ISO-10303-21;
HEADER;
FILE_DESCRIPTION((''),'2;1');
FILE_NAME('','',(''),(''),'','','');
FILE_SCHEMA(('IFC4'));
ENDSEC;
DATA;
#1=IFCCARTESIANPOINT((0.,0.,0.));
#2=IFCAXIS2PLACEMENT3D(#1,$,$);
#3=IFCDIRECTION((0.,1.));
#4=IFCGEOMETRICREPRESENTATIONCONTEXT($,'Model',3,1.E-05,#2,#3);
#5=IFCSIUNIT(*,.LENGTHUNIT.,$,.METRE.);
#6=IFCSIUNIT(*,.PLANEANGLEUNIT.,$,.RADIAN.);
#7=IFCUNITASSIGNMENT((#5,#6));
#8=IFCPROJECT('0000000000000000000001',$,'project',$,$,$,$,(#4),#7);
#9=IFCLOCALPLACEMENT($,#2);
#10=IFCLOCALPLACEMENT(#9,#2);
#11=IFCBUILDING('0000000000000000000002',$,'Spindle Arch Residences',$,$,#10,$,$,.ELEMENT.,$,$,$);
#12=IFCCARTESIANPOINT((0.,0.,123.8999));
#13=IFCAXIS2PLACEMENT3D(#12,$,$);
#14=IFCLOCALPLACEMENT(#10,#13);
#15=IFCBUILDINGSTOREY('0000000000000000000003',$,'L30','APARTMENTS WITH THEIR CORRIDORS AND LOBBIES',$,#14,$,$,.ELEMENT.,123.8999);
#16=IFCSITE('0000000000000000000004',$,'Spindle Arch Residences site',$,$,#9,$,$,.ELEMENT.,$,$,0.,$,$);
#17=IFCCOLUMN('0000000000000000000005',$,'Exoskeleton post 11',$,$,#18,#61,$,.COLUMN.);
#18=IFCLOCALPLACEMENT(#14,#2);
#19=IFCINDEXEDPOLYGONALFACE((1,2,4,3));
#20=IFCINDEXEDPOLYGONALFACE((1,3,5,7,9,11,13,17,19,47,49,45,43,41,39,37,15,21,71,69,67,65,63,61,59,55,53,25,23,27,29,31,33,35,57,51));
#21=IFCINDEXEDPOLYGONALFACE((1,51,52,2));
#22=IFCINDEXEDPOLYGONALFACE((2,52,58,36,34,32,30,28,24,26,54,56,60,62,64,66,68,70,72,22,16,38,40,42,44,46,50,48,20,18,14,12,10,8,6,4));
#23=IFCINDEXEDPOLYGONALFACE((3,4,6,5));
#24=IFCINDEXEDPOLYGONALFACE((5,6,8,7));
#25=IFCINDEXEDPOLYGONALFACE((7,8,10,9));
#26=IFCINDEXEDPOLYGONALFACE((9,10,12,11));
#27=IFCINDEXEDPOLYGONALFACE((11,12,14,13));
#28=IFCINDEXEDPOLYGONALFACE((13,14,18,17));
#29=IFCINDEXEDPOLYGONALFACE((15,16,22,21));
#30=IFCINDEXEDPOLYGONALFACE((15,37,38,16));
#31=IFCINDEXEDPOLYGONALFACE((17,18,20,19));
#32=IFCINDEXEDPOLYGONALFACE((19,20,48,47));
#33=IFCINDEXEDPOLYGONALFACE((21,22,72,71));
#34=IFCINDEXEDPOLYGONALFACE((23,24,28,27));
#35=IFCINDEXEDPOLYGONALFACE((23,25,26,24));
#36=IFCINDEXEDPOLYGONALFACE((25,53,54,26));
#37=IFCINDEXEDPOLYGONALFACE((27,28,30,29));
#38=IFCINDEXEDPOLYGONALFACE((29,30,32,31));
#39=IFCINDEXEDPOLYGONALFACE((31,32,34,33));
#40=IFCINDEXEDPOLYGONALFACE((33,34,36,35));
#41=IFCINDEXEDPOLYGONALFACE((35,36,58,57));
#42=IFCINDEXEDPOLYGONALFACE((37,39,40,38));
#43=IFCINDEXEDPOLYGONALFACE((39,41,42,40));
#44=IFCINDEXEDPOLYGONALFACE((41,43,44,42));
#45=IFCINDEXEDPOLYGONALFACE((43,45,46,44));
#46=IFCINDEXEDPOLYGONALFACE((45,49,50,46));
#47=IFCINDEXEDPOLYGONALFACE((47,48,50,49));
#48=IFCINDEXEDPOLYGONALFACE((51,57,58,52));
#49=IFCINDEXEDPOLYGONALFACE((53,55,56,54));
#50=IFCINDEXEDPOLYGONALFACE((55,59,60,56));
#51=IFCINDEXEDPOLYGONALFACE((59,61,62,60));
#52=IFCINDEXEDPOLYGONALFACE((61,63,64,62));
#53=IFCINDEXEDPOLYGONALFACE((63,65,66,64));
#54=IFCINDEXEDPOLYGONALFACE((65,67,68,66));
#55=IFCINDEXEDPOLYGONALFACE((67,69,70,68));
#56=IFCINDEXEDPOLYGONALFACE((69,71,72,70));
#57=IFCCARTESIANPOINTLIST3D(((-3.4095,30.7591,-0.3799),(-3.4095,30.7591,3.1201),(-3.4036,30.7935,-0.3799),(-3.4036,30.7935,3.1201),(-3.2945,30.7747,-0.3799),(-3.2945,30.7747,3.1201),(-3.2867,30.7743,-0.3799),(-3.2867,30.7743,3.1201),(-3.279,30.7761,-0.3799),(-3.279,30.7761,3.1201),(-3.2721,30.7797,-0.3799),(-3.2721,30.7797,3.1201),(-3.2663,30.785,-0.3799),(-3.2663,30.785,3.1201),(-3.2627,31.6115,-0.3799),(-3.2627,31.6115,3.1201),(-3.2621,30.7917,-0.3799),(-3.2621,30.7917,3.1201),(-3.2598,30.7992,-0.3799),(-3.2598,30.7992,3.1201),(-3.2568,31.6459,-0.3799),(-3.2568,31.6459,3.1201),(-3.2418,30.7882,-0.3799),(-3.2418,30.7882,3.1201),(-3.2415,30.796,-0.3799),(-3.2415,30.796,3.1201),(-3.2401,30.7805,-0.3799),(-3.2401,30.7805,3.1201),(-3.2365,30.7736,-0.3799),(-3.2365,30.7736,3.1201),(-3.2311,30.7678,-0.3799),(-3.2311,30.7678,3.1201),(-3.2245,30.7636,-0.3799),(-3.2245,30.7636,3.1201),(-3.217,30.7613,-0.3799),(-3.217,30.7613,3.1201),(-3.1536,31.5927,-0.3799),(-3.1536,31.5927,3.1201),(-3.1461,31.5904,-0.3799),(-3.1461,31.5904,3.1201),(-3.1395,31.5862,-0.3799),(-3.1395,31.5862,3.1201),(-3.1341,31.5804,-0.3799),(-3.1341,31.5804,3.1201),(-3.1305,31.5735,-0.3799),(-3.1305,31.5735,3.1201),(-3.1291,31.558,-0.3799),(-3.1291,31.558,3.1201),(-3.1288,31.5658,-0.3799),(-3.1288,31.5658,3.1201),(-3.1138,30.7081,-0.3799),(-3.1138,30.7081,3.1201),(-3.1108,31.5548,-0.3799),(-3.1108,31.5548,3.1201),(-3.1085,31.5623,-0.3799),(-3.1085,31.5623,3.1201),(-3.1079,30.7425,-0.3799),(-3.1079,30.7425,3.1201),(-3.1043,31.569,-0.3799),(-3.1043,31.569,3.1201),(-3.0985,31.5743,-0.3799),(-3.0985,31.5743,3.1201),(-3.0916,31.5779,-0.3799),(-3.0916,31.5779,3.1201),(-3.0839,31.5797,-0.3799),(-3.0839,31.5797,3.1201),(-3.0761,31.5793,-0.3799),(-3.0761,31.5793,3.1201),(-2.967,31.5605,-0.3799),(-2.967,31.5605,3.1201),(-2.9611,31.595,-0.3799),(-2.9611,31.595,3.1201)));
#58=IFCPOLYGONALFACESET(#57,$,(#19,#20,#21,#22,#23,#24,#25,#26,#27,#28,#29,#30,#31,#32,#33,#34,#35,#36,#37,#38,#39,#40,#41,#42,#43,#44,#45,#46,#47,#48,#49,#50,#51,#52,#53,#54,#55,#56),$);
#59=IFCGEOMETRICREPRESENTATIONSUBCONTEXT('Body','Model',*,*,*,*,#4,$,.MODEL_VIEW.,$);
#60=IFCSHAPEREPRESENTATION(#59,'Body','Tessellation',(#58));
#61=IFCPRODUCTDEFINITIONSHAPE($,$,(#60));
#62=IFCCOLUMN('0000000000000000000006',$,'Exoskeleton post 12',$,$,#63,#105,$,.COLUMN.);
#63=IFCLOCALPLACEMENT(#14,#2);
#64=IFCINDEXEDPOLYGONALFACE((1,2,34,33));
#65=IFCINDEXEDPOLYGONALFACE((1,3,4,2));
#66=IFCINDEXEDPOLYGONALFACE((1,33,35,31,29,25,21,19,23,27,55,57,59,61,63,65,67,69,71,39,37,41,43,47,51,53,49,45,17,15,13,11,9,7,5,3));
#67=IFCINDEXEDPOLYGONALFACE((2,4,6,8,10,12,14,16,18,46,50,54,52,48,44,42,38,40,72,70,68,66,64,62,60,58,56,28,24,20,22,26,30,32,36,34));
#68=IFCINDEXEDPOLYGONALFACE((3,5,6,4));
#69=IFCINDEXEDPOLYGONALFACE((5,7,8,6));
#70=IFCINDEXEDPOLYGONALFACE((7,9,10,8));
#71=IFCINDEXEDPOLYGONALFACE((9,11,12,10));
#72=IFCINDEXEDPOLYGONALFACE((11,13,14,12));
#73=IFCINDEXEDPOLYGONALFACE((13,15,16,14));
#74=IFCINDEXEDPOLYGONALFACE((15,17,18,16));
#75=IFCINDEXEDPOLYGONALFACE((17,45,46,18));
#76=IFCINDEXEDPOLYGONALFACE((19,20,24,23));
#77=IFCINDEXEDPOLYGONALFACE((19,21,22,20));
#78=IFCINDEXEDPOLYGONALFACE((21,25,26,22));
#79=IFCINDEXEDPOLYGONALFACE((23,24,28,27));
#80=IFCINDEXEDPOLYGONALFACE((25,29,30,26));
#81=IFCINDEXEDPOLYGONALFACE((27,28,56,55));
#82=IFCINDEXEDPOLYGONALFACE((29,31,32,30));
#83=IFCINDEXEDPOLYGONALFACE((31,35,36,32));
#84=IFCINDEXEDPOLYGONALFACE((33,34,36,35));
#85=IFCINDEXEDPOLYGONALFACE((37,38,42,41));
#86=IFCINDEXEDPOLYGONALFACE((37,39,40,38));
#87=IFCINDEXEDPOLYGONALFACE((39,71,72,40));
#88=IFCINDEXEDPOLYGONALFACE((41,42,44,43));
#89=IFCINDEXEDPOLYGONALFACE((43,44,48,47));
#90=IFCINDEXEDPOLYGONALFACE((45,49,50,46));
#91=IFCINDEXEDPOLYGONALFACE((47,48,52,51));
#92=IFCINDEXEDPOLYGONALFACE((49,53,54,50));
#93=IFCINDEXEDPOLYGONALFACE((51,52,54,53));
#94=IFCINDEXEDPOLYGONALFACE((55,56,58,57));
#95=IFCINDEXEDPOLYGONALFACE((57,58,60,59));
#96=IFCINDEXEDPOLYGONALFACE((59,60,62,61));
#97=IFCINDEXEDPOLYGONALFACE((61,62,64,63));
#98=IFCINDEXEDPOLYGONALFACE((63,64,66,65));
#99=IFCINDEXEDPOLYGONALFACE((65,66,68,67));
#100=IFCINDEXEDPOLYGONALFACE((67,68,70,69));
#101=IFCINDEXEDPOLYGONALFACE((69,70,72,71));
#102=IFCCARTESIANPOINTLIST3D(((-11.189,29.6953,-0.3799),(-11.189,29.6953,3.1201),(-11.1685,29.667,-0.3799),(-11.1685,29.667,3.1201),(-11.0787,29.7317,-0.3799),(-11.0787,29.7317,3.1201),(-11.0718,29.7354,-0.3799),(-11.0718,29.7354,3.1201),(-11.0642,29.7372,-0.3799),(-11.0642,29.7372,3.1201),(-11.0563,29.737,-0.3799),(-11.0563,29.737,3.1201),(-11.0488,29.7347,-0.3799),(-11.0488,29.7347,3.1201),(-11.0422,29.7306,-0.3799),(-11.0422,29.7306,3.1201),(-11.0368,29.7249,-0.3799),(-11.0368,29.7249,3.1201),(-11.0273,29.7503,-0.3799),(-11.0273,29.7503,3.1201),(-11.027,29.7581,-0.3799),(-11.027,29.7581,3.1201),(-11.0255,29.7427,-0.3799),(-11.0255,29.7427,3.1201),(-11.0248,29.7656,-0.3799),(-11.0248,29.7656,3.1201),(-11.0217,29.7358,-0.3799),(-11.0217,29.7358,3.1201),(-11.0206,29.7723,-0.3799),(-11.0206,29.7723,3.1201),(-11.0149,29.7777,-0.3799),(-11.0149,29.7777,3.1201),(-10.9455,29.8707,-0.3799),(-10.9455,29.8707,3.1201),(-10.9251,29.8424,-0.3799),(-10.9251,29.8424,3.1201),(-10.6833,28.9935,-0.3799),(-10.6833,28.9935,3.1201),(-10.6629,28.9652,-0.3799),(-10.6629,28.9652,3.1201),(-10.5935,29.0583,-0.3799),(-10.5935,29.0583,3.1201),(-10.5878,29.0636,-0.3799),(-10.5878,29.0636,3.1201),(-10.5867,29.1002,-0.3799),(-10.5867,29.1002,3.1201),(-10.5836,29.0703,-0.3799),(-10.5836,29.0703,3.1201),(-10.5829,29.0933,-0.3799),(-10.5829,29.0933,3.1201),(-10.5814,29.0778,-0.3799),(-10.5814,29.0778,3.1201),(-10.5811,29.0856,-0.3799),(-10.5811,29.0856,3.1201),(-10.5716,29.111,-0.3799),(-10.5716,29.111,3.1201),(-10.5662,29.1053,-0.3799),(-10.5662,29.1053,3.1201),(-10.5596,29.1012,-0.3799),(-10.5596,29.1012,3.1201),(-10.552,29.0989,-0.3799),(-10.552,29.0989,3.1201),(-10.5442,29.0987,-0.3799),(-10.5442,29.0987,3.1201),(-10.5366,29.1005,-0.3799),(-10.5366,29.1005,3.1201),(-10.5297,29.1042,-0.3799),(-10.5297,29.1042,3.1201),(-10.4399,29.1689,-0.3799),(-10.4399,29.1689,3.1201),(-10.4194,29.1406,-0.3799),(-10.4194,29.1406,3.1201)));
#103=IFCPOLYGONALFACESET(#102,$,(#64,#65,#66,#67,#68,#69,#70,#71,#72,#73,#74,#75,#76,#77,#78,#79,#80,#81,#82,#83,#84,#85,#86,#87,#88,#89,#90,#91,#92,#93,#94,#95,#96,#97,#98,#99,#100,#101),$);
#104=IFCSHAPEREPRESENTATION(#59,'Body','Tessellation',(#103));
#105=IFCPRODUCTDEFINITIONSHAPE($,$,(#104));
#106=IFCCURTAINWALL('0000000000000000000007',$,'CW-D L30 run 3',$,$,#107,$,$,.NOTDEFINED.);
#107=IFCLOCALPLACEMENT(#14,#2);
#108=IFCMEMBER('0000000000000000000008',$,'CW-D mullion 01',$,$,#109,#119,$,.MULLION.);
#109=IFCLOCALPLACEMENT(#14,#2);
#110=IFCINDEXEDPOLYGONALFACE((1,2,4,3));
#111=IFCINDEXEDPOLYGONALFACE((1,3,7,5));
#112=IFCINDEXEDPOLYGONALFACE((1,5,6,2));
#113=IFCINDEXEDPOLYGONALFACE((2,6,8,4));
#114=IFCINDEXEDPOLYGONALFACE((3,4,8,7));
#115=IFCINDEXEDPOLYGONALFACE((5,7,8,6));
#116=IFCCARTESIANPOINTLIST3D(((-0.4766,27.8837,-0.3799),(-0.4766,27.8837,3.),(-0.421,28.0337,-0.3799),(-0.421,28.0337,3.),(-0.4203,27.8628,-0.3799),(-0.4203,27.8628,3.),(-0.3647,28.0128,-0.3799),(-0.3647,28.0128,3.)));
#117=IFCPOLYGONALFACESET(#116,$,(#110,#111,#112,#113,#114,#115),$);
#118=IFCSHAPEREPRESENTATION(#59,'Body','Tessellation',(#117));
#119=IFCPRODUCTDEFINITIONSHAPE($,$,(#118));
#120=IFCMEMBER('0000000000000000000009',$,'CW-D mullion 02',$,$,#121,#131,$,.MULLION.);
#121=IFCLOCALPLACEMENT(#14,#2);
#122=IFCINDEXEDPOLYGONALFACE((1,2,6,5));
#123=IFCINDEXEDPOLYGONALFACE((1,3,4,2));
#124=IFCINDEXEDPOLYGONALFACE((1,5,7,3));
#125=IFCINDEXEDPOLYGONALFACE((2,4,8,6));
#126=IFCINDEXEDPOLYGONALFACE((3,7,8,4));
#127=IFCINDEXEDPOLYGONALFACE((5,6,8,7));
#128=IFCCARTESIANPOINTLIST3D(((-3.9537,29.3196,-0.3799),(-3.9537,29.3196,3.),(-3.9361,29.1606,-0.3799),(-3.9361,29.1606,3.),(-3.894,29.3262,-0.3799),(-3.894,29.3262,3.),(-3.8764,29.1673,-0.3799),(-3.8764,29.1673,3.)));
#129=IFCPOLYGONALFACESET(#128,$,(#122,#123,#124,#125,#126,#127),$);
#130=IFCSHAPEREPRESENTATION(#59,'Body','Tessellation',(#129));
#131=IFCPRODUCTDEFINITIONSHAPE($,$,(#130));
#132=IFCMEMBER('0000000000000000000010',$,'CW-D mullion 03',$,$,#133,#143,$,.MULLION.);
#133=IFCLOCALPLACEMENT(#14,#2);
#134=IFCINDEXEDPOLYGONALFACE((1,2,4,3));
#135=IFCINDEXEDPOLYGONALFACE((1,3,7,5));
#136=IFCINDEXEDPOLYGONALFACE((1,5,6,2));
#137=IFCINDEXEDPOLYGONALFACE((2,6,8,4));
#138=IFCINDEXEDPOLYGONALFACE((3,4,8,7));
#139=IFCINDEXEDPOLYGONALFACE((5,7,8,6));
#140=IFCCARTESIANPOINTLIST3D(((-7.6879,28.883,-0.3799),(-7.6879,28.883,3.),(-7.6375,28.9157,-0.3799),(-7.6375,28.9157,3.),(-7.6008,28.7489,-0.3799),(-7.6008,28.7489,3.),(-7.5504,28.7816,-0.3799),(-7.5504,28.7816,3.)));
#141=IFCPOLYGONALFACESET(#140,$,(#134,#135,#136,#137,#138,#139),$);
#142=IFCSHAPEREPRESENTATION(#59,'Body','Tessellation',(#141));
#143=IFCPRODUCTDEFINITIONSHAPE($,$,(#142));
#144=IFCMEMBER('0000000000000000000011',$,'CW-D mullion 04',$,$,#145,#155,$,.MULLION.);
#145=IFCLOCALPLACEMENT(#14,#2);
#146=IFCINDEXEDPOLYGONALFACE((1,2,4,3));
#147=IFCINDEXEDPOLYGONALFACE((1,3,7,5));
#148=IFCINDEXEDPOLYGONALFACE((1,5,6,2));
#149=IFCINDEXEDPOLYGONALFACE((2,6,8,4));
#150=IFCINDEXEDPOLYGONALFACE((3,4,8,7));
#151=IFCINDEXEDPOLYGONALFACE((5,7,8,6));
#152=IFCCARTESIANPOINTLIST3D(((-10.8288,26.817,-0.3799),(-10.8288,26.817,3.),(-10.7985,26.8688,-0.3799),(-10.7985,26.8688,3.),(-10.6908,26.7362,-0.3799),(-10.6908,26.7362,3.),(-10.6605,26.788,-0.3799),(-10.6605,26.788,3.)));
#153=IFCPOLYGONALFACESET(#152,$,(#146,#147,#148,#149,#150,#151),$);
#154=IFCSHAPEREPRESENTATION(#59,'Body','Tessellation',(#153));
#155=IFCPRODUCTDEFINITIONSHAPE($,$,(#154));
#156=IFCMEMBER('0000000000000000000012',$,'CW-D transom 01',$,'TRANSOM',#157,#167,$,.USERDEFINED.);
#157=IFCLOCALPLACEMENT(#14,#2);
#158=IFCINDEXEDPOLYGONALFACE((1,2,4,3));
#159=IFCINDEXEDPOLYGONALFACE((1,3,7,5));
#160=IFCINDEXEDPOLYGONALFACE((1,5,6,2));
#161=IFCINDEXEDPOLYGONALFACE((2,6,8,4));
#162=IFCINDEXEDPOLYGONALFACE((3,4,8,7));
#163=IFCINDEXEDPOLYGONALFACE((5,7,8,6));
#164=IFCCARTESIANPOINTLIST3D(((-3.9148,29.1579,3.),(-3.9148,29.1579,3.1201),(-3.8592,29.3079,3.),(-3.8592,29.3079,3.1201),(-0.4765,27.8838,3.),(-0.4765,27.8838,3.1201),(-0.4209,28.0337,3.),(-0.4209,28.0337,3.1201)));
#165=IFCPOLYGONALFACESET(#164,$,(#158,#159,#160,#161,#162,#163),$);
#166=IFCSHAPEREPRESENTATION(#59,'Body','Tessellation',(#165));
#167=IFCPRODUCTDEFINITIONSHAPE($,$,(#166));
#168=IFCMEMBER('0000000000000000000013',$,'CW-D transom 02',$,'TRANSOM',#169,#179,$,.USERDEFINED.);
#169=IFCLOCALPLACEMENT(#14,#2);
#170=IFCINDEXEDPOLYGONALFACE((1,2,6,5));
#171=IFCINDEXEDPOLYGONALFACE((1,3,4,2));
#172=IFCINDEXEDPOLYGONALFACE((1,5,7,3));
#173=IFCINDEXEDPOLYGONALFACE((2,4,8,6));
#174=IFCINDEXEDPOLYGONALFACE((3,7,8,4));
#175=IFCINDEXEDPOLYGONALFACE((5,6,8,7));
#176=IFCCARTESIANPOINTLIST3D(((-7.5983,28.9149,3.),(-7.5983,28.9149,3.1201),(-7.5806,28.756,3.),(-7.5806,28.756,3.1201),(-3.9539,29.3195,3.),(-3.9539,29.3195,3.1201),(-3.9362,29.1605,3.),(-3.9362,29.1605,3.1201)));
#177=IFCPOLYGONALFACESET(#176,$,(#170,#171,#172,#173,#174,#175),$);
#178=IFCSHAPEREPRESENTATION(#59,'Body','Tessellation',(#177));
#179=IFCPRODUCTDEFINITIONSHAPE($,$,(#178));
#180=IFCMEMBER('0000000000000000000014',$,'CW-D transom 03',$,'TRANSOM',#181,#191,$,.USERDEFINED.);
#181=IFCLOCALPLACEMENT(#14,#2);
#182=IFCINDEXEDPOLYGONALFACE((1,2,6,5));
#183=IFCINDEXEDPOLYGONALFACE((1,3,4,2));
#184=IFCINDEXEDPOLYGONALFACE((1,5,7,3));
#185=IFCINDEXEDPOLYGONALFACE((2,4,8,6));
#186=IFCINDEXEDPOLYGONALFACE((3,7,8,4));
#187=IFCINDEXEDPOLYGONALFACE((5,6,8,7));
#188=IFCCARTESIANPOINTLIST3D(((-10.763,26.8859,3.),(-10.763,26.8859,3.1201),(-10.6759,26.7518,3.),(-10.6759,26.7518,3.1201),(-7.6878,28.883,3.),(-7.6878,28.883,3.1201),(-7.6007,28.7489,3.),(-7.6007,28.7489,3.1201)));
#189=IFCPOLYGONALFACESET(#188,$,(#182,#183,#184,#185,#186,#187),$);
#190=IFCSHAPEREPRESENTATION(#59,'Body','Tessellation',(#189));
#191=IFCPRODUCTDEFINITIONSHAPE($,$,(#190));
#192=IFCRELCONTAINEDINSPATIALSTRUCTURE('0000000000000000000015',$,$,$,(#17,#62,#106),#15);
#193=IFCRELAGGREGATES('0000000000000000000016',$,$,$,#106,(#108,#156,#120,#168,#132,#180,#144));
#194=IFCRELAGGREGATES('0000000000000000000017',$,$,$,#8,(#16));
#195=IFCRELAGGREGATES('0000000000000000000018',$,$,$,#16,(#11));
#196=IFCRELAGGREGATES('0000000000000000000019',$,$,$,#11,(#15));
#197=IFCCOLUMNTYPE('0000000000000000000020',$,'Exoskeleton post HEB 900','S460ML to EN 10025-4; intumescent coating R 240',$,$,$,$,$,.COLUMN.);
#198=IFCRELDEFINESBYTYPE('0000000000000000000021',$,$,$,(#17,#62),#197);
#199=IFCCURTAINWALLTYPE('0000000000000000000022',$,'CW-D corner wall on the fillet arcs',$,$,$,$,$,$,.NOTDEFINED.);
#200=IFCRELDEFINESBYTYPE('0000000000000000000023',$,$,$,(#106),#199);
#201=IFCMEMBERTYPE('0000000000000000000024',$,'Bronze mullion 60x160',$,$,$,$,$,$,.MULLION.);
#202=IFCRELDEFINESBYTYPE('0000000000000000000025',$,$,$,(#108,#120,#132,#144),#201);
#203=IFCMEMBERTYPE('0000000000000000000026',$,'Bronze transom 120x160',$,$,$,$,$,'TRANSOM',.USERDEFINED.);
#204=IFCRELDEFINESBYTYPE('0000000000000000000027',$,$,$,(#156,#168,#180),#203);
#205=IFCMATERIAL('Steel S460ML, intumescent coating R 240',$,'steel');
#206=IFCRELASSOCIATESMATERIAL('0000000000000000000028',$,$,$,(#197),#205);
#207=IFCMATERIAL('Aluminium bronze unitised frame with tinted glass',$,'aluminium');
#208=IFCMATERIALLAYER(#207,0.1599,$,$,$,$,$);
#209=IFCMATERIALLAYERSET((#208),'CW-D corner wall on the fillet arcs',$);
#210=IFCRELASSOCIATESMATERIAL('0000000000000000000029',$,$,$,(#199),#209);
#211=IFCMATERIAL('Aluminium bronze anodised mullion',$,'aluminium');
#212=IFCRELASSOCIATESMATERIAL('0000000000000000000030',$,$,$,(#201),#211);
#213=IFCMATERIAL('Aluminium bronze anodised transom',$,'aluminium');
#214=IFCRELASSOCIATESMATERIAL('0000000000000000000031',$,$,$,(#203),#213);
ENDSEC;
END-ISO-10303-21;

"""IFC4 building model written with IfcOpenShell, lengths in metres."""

from ifc_helpers import new_model, si_unit, direction, frame, origin, origin_2d, place, context, subcontext, project, spatial, rectangle, i_section, extrude, material, layer, layer_set, material_profile, profile_set, type_object, element, aggregate, save


model = new_model("IFC4")

# Units and contexts
model_context = context("Model", 3, precision=1e-05, world=origin(), true_north=direction((0.0, 1.0)))
body_context = subcontext(model_context, "Body", "Model", "MODEL_VIEW")
ifc_project = project(units=[si_unit("LENGTHUNIT", "METRE"), si_unit("PLANEANGLEUNIT", "RADIAN")], contexts=[model_context])

# Site, building, storey
site_placement = place(None, origin())
site = spatial("IfcSite", under=ifc_project, at=site_placement, Name="Spindle Arch Residences site", CompositionType="ELEMENT", RefElevation=0.0)
building_placement = place(site_placement, origin())
building = spatial("IfcBuilding", under=site, at=building_placement, Name="Spindle Arch Residences", CompositionType="ELEMENT")
storey_placement = place(building_placement, frame((0.0, 0.0, 123.8999)))
storey = spatial("IfcBuildingStorey", under=building, at=storey_placement, Name="L30", Description="APARTMENTS WITH THEIR CORRIDORS AND LOBBIES", CompositionType="ELEMENT", Elevation=123.8999)

# Columns
ifc_material_1 = material(Name="Steel S460ML, intumescent coating R 240", Category="steel")
ifc_material_profile_1 = material_profile(ifc_material_1, i_section(OverallWidth=0.3, OverallDepth=0.8999, WebThickness=0.0186, FlangeThickness=0.0349, FilletRadius=0.03, at=origin_2d()), Name="HEB 900")
ifc_profile_set_1 = profile_set([ifc_material_profile_1], Name="Steel S460ML, intumescent coating R 240")
column_type = type_object("IfcColumnType", Name="Exoskeleton post HEB 900", Description="S460ML to EN 10025-4; intumescent coating R 240", PredefinedType="COLUMN", material=ifc_profile_set_1)
for number, where, z_axis, x_axis, name in (
    (1, (-3.1853, 31.177, -0.3799), (0.0, 0.0, 1.0), (0.985485, -0.169765, 0.0), "Exoskeleton post 11"),
    (2, (-10.8042, 29.418, -0.3799), (0.0, 0.0, 1.0), (0.811328, 0.584591, 0.0), "Exoskeleton post 12"),
):
    element("IfcColumn", number, at=place(storey_placement, frame(where, z_axis=z_axis, x_axis=x_axis)), inside=storey, type_object=column_type, Name=name, PredefinedType="COLUMN", context=body_context, shape_type="SweptSolid", body=[
        extrude(i_section(OverallWidth=0.3, OverallDepth=0.8999, WebThickness=0.0186, FlangeThickness=0.0349, FilletRadius=0.03, at=origin_2d()), origin(), (0.0, 0.0, 1.0), 3.5),
    ])

# Curtain wall, members
ifc_material_2 = material(Name="Aluminium bronze unitised frame with tinted glass", Category="aluminium")
ifc_layer_1 = layer(ifc_material_2, 0.1599)
ifc_layer_set_1 = layer_set([ifc_layer_1], Name="CW-D corner wall on the fillet arcs")
curtain_wall_type = type_object("IfcCurtainWallType", Name="CW-D corner wall on the fillet arcs", PredefinedType="NOTDEFINED", material=ifc_layer_set_1)
curtain_wall_placement = place(storey_placement, origin())
curtain_wall = element("IfcCurtainWall", 3, at=curtain_wall_placement, inside=storey, type_object=curtain_wall_type, Name="CW-D L30 run 3", PredefinedType="NOTDEFINED")
ifc_material_3 = material(Name="Aluminium bronze anodised mullion", Category="aluminium")
ifc_material_profile_2 = material_profile(ifc_material_3, rectangle(XDim=0.1599, YDim=0.0601, at=origin_2d()), Name="MU 60x160")
ifc_profile_set_2 = profile_set([ifc_material_profile_2], Name="Aluminium bronze anodised mullion")
member_type_1 = type_object("IfcMemberType", Name="Bronze mullion 60x160", PredefinedType="MULLION", material=ifc_profile_set_2)
member_1_placement = place(storey_placement, frame((-0.4207, 27.9482, -0.3799), z_axis=(0.0, 0.0, 1.0), x_axis=(-0.347481, -0.937687, 0.0)))
member_1 = element("IfcMember", 4, at=member_1_placement, type_object=member_type_1, Name="CW-D mullion 01", PredefinedType="MULLION", context=body_context, shape_type="SweptSolid", body=[
    extrude(rectangle(XDim=0.1599, YDim=0.0601, at=origin_2d()), origin(), (0.0, 0.0, 1.0), 3.3799),
])
member_2_placement = place(storey_placement, frame((-3.915, 29.2434, -0.3799), z_axis=(0.0, 0.0, 1.0), x_axis=(0.110313, -0.993897, 0.0)))
member_2 = element("IfcMember", 5, at=member_2_placement, type_object=member_type_1, Name="CW-D mullion 02", PredefinedType="MULLION", context=body_context, shape_type="SweptSolid", body=[
    extrude(rectangle(XDim=0.1599, YDim=0.0601, at=origin_2d()), origin(), (0.0, 0.0, 1.0), 3.3799),
])
member_3_placement = place(storey_placement, frame((-7.6191, 28.8323, -0.3799), z_axis=(0.0, 0.0, 1.0), x_axis=(0.544639, -0.838671, 0.0)))
member_3 = element("IfcMember", 6, at=member_3_placement, type_object=member_type_1, Name="CW-D mullion 03", PredefinedType="MULLION", context=body_context, shape_type="SweptSolid", body=[
    extrude(rectangle(XDim=0.1599, YDim=0.0601, at=origin_2d()), origin(), (0.0, 0.0, 1.0), 3.3799),
])
member_4_placement = place(storey_placement, frame((-10.7446, 26.8025, -0.3799), z_axis=(0.0, 0.0, 1.0), x_axis=(0.863102, -0.50503, 0.0)))
member_4 = element("IfcMember", 7, at=member_4_placement, type_object=member_type_1, Name="CW-D mullion 04", PredefinedType="MULLION", context=body_context, shape_type="SweptSolid", body=[
    extrude(rectangle(XDim=0.1599, YDim=0.0601, at=origin_2d()), origin(), (0.0, 0.0, 1.0), 3.3799),
])
ifc_material_4 = material(Name="Aluminium bronze anodised transom", Category="aluminium")
ifc_material_profile_3 = material_profile(ifc_material_4, rectangle(XDim=0.1599, YDim=0.1201, at=origin_2d()), Name="TR 120x160")
ifc_profile_set_3 = profile_set([ifc_material_profile_3], Name="Aluminium bronze anodised transom")
member_type_2 = type_object("IfcMemberType", Name="Bronze transom 120x160", ElementType="TRANSOM", PredefinedType="USERDEFINED", material=ifc_profile_set_3)
member_5_placement = place(storey_placement, frame((-0.4487, 27.9587, 3.0601), z_axis=(-0.937682, 0.347494, 0.0), x_axis=(-0.347494, -0.937682, 0.0)))
member_5 = element("IfcMember", 8, at=member_5_placement, type_object=member_type_2, Name="CW-D transom 01", ObjectType="TRANSOM", PredefinedType="USERDEFINED", context=body_context, shape_type="SweptSolid", body=[
    extrude(rectangle(XDim=0.1599, YDim=0.1201, at=origin_2d()), origin(), (0.0, 0.0, 1.0), 3.6667),
])
member_6_placement = place(storey_placement, frame((-3.9451, 29.24, 3.0601), z_axis=(-0.993895, -0.110329, 0.0), x_axis=(0.110329, -0.993895, 0.0)))
member_6 = element("IfcMember", 9, at=member_6_placement, type_object=member_type_2, Name="CW-D transom 02", ObjectType="TRANSOM", PredefinedType="USERDEFINED", context=body_context, shape_type="SweptSolid", body=[
    extrude(rectangle(XDim=0.1599, YDim=0.1201, at=origin_2d()), origin(), (0.0, 0.0, 1.0), 3.6667),
])
member_7_placement = place(storey_placement, frame((-7.6443, 28.8159, 3.0601), z_axis=(-0.838669, -0.544642, 0.0), x_axis=(0.544642, -0.838669, 0.0)))
member_7 = element("IfcMember", 10, at=member_7_placement, type_object=member_type_2, Name="CW-D transom 03", ObjectType="TRANSOM", PredefinedType="USERDEFINED", context=body_context, shape_type="SweptSolid", body=[
    extrude(rectangle(XDim=0.1599, YDim=0.1201, at=origin_2d()), origin(), (0.0, 0.0, 1.0), 3.6667),
])

aggregate(curtain_wall, [member_1, member_5, member_2, member_6, member_3, member_7, member_4])

save(model, "model.ifc")
